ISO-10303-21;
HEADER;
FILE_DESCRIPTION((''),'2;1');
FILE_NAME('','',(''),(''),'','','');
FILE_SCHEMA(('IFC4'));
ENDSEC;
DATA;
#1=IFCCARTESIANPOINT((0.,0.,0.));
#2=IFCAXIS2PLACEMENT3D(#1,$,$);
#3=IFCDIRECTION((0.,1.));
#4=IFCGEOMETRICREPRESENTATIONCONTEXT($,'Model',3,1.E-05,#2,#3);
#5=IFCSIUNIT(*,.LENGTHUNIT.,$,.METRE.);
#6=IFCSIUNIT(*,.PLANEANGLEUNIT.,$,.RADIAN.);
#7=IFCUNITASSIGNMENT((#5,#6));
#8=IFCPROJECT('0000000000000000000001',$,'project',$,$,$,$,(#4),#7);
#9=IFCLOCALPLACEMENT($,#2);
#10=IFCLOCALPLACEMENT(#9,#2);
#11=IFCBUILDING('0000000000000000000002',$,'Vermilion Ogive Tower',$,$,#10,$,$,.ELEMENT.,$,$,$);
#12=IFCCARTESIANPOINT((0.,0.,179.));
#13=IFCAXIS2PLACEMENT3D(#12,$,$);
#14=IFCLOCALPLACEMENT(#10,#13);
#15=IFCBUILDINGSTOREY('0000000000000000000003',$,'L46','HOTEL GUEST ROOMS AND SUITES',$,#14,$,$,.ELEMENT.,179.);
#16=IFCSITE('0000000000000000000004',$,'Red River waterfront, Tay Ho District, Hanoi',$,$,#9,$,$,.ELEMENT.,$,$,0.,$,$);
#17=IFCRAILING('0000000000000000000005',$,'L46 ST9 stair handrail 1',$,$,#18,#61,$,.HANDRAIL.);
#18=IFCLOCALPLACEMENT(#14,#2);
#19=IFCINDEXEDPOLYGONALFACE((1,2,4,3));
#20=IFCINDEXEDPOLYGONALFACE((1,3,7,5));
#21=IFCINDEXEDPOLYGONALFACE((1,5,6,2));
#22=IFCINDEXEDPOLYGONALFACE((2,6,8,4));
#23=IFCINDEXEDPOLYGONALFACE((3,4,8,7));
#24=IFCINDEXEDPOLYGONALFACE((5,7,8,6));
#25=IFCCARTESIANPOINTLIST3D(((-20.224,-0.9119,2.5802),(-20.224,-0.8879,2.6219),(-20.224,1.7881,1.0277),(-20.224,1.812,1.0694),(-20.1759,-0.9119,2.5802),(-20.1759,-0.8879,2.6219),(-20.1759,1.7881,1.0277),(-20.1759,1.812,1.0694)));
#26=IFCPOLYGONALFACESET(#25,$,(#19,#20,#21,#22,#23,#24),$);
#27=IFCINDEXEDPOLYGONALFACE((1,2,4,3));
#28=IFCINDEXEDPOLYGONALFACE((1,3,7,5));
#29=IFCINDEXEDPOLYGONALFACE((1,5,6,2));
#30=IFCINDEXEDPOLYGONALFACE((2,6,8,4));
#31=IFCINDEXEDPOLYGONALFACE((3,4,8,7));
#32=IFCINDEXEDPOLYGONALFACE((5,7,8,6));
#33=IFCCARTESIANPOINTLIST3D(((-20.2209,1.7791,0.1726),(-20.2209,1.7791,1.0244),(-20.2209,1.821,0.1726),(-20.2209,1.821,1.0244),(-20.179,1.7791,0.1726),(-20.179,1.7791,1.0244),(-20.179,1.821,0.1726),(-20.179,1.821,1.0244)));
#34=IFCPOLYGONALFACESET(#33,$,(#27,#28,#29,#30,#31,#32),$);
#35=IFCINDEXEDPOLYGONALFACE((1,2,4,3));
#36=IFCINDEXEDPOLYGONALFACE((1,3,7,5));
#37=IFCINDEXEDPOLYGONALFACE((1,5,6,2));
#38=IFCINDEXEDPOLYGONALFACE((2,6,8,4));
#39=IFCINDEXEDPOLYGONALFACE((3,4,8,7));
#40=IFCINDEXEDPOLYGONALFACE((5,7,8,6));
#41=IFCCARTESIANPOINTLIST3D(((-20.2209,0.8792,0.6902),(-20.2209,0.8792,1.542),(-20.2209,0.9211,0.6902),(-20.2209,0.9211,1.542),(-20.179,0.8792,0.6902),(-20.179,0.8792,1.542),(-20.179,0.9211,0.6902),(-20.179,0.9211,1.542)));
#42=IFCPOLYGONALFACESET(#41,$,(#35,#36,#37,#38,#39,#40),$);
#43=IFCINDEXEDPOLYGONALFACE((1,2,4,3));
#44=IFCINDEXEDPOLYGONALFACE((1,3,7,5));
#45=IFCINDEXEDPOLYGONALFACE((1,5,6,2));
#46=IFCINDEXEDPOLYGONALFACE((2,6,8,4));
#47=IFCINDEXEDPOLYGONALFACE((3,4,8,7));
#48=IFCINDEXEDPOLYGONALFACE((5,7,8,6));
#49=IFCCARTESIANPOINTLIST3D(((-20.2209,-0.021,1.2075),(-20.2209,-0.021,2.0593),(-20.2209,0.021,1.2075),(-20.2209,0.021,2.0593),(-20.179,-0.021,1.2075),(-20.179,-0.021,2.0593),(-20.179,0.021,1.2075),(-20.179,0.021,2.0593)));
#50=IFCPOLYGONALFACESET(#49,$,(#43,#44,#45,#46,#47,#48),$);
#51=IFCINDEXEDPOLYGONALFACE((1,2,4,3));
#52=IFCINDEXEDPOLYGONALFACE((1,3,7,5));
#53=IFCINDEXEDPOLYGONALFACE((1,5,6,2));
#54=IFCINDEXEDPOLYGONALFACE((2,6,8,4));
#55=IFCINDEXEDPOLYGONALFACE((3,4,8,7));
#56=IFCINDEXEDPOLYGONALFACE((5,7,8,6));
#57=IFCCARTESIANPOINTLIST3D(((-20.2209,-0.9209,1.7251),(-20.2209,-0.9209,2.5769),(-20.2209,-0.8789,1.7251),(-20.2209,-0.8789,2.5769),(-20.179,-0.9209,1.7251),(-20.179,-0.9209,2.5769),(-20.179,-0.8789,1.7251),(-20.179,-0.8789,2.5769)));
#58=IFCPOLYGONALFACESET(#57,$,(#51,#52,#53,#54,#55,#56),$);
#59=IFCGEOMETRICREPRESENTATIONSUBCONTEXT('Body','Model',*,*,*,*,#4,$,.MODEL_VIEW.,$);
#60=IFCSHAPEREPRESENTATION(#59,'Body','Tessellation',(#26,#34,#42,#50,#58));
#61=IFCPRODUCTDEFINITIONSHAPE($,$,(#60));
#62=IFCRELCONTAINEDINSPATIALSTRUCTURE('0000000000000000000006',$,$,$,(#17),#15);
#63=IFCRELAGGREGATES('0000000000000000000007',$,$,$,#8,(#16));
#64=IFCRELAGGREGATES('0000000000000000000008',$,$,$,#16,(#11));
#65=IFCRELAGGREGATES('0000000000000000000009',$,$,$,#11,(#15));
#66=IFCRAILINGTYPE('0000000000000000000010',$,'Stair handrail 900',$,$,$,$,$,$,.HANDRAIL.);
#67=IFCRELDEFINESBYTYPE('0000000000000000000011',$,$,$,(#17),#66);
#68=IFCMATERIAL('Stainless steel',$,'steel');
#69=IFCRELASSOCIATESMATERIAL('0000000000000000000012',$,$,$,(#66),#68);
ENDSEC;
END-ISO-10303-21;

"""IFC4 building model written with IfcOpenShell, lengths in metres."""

from ifc_helpers import new_model, si_unit, direction, frame, origin, origin_2d, place, context, subcontext, project, spatial, rectangle, extrude, material, type_object, element, save


model = new_model("IFC4")

# Units and contexts
model_context = context("Model", 3, precision=1e-05, world=origin(), true_north=direction((0.0, 1.0)))
body_context = subcontext(model_context, "Body", "Model", "MODEL_VIEW")
ifc_project = project(units=[si_unit("LENGTHUNIT", "METRE"), si_unit("PLANEANGLEUNIT", "RADIAN")], contexts=[model_context])

# Site, building, storey
site_placement = place(None, origin())
site = spatial("IfcSite", under=ifc_project, at=site_placement, Name="Red River waterfront, Tay Ho District, Hanoi", CompositionType="ELEMENT", RefElevation=0.0)
building_placement = place(site_placement, origin())
building = spatial("IfcBuilding", under=site, at=building_placement, Name="Vermilion Ogive Tower", CompositionType="ELEMENT")
storey_placement = place(building_placement, frame((0.0, 0.0, 179.0)))
storey = spatial("IfcBuildingStorey", under=building, at=storey_placement, Name="L46", Description="HOTEL GUEST ROOMS AND SUITES", CompositionType="ELEMENT", Elevation=179.0)

# Railing
ifc_material_1 = material(Name="Stainless steel", Category="steel")
railing_type_1 = type_object("IfcRailingType", Name="Stair handrail 900", PredefinedType="HANDRAIL", material=ifc_material_1)
railing_1_placement = place(storey_placement, frame((-20.2, 1.8, 0.1726)))
element("IfcRailing", 1, at=railing_1_placement, inside=storey, type_object=railing_type_1, Name="L46 ST9 stair handrail 1", PredefinedType="HANDRAIL", context=body_context, shape_type="SweptSolid", body=[
    extrude(rectangle(XDim=0.0481, YDim=0.0481, at=origin_2d()), frame((0.0, 0.0, 0.876), z_axis=(0.0, -0.866904, 0.498476), x_axis=(1.0, 0.0, 0.0)), (0.0, 0.0, 1.0), 3.1145),
    extrude(rectangle(XDim=0.042, YDim=0.042, at=origin_2d()), origin(), (0.0, 0.0, 1.0), 0.8518),
    extrude(rectangle(XDim=0.042, YDim=0.042, at=origin_2d()), frame((0.0, -0.8999, 0.5176)), (0.0, 0.0, 1.0), 0.8518),
    extrude(rectangle(XDim=0.042, YDim=0.042, at=origin_2d()), frame((0.0, -1.8, 1.0349)), (0.0, 0.0, 1.0), 0.8518),
    extrude(rectangle(XDim=0.042, YDim=0.042, at=origin_2d()), frame((0.0, -2.7, 1.5525)), (0.0, 0.0, 1.0), 0.8518),
])

save(model, "model.ifc")
